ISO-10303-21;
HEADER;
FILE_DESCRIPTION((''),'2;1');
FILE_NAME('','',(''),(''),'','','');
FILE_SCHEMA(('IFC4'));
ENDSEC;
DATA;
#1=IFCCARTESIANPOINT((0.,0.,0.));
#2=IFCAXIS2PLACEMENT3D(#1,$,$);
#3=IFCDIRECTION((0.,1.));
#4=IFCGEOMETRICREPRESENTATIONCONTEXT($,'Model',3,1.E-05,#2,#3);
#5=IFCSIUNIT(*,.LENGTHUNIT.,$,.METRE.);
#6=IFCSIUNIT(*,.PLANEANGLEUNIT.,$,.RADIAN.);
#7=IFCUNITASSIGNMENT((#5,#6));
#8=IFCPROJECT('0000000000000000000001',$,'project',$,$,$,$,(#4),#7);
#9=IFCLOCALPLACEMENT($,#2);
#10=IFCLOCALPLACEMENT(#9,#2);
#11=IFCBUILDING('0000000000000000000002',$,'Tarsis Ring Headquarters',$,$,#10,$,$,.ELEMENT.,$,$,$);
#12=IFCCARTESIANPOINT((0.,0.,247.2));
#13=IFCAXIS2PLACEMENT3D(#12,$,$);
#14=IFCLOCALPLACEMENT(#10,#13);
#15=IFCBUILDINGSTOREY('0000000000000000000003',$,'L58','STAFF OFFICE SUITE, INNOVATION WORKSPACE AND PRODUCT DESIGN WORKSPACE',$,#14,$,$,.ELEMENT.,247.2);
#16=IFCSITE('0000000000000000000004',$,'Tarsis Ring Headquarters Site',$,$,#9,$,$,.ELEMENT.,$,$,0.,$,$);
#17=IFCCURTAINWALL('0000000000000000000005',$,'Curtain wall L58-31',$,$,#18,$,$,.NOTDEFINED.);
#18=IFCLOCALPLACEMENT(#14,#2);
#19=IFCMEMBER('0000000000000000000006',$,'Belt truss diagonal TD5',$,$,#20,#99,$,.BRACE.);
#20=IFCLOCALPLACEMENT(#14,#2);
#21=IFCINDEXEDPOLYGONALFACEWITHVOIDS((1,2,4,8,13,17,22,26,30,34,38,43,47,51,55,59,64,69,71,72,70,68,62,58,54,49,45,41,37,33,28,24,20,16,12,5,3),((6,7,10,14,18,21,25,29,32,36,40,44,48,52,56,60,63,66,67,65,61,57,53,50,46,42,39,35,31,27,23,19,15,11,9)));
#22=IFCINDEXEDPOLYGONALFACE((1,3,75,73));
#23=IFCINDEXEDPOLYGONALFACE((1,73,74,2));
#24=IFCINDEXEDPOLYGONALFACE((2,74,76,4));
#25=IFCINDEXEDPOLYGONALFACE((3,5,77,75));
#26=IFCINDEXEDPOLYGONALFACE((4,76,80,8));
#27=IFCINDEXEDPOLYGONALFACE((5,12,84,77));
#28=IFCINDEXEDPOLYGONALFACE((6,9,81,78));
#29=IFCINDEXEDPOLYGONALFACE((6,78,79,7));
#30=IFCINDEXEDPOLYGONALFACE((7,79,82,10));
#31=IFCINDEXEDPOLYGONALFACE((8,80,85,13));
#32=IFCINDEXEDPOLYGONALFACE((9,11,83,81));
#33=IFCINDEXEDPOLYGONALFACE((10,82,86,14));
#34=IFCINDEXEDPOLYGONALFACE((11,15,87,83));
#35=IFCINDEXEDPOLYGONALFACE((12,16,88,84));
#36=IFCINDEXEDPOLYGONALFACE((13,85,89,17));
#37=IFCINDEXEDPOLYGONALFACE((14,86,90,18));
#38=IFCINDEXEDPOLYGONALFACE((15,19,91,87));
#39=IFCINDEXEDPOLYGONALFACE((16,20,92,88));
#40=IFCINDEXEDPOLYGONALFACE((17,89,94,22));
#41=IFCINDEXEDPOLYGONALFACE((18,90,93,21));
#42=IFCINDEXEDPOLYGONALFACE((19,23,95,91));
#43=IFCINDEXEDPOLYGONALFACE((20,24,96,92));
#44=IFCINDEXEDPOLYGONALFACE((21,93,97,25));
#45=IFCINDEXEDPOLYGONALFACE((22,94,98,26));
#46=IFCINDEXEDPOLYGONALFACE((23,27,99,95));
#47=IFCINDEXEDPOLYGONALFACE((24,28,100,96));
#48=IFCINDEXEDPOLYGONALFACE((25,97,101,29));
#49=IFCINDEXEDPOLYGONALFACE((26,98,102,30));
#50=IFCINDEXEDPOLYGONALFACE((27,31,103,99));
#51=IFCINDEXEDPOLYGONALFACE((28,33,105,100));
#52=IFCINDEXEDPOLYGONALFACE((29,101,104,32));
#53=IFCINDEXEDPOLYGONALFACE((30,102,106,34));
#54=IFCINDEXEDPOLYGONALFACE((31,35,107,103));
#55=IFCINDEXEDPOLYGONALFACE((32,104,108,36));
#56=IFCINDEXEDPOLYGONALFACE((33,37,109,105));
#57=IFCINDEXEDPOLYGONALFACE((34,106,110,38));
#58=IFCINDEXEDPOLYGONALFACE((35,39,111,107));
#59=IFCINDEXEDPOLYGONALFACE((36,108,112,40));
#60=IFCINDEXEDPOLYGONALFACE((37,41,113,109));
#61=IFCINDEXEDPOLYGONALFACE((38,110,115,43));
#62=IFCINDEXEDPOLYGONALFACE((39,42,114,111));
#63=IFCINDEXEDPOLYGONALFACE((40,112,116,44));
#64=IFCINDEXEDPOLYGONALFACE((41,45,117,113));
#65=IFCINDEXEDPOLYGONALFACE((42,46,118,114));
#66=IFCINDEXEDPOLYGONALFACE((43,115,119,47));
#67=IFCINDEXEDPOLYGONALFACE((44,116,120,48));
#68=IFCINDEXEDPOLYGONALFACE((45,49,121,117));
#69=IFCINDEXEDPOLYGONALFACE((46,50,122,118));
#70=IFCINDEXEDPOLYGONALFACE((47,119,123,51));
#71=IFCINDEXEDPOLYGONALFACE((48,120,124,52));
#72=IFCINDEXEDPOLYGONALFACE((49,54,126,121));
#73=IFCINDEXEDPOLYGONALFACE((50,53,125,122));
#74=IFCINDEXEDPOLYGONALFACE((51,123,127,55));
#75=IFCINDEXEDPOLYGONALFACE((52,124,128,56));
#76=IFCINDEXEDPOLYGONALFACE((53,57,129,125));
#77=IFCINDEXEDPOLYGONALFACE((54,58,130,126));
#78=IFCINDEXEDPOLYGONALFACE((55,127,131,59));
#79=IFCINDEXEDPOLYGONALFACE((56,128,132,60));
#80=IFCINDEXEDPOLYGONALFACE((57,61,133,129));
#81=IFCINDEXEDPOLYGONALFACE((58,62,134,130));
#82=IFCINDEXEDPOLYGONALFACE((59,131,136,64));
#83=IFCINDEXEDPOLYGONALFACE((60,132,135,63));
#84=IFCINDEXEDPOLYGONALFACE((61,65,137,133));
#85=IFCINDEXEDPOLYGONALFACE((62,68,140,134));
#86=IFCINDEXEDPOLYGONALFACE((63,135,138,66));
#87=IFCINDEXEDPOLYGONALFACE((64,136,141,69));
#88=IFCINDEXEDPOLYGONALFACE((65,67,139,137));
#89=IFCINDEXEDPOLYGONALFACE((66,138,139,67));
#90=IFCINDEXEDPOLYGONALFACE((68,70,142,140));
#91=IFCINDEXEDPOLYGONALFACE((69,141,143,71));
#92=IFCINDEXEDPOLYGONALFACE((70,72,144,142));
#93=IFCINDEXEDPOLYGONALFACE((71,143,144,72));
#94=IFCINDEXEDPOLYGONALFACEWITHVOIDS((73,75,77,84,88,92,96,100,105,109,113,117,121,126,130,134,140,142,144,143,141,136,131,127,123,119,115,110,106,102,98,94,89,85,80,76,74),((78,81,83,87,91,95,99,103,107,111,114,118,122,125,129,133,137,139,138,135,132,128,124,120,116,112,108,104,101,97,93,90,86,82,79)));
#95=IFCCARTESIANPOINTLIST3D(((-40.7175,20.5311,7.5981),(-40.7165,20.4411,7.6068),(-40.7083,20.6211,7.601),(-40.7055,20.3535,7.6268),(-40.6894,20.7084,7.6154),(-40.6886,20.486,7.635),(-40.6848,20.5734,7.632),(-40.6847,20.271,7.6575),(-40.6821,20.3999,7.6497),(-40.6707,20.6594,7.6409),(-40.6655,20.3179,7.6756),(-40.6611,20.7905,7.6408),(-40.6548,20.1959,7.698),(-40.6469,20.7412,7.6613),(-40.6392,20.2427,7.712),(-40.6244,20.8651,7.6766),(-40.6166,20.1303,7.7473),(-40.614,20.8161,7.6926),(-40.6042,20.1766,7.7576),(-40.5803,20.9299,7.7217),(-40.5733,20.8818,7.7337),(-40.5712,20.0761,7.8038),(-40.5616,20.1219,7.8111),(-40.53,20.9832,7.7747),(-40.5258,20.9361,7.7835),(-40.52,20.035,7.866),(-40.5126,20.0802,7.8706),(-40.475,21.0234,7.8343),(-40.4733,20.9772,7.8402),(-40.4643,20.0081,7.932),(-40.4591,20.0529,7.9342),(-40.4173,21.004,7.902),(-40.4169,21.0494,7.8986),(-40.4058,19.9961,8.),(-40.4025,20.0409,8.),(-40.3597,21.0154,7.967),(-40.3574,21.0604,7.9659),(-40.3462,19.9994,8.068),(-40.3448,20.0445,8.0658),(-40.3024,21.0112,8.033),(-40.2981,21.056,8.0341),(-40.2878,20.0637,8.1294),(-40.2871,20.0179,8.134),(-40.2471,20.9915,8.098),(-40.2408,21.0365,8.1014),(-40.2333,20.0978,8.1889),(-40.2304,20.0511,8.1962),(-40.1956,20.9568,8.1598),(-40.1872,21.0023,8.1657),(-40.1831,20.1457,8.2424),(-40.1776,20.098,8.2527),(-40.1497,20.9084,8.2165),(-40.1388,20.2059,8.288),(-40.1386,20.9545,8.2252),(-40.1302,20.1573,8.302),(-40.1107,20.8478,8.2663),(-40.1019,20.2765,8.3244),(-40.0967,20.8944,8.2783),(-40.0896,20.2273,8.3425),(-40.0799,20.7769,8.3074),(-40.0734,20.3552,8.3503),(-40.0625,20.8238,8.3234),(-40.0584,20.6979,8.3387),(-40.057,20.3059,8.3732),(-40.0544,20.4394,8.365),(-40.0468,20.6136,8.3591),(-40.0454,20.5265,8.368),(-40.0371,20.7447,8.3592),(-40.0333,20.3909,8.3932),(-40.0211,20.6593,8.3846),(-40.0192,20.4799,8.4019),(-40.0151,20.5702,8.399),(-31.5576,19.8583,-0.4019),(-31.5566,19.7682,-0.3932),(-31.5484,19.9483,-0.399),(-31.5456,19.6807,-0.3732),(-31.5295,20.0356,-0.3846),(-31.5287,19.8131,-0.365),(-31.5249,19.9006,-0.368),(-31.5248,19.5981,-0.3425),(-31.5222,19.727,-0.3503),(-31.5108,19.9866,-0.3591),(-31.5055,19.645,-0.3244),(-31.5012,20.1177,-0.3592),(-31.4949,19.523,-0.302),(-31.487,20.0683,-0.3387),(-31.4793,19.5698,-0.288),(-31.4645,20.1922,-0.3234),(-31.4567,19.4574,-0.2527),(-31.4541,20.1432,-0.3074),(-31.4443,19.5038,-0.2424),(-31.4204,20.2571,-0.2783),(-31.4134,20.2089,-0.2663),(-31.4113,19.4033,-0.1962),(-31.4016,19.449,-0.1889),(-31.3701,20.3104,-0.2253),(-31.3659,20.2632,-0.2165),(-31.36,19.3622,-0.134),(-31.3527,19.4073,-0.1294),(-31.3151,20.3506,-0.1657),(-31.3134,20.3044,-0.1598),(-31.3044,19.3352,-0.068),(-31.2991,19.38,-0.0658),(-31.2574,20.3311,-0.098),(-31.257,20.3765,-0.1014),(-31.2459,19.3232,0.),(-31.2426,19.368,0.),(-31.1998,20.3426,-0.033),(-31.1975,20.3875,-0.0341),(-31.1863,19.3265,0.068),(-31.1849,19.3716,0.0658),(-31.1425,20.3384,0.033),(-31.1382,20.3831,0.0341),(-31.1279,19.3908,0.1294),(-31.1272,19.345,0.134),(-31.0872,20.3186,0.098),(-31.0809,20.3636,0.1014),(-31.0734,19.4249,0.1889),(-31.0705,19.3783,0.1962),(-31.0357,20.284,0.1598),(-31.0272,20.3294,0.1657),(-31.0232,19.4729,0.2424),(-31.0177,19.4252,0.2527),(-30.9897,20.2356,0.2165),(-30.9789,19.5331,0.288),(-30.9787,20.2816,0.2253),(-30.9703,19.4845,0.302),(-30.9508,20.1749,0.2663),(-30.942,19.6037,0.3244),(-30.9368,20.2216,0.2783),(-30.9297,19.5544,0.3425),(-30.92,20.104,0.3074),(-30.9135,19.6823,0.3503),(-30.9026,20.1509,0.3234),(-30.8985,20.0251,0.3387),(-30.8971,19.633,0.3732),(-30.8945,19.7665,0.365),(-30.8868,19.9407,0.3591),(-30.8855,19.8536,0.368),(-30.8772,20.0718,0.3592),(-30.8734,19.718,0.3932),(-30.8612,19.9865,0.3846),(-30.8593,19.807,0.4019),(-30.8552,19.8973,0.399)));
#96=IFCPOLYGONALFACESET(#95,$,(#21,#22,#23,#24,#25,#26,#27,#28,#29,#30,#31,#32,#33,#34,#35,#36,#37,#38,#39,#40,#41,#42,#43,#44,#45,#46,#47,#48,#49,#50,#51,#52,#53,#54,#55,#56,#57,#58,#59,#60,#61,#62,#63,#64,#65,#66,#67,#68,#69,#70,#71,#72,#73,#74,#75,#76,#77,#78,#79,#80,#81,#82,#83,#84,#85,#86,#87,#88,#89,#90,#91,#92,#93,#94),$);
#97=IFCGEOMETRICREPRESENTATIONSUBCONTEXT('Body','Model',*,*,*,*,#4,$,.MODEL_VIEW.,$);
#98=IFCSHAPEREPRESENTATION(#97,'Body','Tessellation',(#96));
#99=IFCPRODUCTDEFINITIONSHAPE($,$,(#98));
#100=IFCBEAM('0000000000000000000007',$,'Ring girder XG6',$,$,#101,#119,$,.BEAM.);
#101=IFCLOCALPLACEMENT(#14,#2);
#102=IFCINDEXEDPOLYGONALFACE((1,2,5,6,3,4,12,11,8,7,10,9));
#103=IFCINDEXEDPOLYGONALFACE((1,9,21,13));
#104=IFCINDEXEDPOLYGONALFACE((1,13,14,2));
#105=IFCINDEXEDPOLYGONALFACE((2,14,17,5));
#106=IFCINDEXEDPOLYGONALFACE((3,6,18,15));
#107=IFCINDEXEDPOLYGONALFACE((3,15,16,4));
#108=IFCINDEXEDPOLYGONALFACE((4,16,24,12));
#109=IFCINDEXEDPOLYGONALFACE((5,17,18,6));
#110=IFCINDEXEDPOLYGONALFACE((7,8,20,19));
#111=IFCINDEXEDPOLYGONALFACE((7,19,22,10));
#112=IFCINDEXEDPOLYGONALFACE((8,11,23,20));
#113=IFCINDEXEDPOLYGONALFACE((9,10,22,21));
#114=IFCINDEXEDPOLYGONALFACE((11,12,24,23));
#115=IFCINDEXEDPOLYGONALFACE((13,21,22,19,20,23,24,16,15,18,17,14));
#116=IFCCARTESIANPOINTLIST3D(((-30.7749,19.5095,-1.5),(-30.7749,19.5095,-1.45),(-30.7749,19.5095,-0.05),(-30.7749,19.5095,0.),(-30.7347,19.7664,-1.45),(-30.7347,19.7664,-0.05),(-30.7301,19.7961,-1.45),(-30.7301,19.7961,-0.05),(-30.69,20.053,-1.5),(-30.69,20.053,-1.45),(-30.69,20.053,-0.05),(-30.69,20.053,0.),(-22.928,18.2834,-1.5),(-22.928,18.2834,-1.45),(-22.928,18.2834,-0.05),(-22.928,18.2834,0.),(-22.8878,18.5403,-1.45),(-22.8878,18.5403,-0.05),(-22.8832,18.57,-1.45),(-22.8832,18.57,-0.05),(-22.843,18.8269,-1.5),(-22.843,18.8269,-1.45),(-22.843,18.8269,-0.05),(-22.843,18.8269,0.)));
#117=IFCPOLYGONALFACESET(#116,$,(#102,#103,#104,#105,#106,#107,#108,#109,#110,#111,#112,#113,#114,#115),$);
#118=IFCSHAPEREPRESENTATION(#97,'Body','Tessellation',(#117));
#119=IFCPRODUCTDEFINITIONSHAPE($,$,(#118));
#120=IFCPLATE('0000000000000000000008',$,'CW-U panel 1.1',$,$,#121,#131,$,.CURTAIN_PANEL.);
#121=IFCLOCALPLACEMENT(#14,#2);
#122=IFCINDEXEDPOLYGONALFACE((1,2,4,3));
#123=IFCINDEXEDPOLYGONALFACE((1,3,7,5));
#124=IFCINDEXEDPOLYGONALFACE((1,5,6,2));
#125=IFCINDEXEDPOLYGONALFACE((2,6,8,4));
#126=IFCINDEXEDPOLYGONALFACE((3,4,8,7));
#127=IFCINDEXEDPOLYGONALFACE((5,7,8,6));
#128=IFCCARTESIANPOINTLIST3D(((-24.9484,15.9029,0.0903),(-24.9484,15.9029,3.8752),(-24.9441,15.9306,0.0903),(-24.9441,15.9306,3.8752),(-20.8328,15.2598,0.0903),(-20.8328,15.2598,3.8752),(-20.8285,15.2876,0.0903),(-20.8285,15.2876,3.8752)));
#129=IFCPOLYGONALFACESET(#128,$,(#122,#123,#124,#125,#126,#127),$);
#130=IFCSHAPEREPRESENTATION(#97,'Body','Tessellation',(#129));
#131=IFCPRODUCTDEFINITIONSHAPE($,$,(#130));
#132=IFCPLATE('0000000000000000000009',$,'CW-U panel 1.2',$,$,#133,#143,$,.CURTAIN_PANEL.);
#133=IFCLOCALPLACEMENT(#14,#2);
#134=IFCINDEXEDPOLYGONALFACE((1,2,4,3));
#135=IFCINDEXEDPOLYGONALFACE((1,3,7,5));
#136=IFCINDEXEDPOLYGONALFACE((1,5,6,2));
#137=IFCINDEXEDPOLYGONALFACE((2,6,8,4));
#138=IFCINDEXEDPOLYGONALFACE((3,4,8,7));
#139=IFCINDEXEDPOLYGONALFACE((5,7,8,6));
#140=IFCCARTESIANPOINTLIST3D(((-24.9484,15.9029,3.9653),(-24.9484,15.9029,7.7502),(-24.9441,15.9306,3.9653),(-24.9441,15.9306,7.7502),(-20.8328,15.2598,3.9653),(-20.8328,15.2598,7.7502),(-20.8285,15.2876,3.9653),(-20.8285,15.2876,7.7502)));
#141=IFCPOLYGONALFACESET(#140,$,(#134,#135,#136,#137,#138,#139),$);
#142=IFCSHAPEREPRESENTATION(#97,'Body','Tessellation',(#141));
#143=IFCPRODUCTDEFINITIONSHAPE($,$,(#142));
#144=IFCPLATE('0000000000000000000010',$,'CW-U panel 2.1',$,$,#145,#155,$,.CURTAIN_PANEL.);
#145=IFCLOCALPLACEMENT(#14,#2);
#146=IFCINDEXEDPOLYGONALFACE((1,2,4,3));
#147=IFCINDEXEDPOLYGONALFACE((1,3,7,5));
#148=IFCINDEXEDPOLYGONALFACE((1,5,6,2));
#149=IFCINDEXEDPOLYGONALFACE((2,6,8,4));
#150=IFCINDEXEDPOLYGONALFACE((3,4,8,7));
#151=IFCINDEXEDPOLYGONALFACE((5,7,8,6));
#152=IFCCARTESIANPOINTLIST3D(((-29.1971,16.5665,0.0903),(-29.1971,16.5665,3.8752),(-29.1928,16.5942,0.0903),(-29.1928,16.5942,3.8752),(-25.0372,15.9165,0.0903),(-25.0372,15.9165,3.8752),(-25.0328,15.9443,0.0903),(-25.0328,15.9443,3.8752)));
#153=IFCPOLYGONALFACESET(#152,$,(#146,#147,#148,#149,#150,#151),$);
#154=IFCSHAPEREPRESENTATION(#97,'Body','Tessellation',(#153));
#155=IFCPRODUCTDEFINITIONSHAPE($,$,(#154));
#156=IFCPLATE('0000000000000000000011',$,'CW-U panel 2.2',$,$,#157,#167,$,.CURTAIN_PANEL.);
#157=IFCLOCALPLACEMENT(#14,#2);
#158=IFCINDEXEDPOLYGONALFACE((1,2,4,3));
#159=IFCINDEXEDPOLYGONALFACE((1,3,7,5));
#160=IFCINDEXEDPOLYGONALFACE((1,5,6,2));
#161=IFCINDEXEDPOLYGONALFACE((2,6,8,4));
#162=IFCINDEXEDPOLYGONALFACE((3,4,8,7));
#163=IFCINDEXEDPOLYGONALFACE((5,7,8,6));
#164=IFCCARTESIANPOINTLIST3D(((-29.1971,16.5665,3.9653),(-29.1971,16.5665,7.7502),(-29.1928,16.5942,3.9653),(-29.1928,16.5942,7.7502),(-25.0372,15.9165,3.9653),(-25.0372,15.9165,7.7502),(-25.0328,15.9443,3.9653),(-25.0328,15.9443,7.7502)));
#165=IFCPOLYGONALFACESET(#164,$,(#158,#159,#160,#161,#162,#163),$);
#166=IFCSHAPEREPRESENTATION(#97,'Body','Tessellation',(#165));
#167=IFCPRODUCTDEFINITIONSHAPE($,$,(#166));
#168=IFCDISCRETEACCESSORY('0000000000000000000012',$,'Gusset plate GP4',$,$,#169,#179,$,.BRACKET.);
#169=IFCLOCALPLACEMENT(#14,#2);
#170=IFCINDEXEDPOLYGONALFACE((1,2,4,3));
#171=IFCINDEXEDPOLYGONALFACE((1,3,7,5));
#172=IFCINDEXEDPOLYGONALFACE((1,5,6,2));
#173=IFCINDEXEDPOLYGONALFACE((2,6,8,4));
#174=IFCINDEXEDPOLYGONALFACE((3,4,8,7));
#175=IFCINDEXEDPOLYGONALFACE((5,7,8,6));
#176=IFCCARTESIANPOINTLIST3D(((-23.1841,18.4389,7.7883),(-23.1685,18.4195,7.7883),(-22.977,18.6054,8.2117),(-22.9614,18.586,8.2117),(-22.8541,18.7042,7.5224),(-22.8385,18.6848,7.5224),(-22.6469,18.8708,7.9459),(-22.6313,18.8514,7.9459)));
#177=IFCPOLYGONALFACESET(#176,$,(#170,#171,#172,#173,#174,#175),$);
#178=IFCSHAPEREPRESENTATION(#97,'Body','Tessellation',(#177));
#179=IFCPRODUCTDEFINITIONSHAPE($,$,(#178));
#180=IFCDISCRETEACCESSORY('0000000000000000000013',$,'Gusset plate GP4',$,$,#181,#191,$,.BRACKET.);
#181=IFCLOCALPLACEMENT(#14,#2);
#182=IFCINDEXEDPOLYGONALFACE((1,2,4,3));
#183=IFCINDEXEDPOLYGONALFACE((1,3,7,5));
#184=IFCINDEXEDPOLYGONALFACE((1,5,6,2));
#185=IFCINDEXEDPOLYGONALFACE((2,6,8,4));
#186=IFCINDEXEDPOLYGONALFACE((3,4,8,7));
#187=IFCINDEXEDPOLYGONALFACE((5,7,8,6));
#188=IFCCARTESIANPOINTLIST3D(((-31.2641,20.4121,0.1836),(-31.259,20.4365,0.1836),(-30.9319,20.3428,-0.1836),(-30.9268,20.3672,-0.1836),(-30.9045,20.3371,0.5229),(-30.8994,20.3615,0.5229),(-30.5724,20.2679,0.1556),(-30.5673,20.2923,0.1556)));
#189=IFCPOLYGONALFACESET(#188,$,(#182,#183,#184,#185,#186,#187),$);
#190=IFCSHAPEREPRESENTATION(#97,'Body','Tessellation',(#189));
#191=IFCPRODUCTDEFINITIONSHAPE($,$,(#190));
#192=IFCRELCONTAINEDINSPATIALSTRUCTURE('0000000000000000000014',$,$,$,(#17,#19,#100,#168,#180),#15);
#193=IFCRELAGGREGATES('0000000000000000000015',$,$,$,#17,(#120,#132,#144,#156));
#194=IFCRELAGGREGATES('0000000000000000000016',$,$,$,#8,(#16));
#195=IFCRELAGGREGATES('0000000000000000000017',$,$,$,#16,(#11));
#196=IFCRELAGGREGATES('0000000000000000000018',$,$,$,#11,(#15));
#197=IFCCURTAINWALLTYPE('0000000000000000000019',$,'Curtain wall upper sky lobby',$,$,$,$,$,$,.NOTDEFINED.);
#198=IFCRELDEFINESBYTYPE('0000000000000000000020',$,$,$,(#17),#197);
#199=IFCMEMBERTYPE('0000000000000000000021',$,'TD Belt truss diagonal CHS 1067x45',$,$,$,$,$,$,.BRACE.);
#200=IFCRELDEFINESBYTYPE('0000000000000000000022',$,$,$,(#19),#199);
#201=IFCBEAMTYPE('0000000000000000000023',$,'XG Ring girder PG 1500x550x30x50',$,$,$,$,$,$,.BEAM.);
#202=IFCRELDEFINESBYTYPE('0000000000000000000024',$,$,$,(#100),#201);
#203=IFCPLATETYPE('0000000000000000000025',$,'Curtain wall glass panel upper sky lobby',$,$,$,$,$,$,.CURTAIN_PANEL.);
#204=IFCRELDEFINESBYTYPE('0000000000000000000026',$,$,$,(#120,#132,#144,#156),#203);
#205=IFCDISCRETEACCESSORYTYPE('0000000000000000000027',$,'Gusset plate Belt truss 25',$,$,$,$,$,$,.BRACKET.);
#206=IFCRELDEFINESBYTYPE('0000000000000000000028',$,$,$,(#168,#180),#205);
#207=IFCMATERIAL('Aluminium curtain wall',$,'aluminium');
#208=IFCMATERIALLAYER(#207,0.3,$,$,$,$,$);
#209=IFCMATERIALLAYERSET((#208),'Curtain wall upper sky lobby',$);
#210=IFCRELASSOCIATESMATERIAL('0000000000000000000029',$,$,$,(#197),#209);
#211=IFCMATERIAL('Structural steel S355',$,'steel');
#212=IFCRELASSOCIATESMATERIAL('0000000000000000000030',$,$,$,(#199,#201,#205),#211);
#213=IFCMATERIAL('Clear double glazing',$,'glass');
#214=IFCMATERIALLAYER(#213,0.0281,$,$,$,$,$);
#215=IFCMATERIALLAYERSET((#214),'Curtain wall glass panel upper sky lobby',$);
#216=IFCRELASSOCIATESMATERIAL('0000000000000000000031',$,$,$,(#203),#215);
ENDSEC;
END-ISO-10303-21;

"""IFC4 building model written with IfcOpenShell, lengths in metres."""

from ifc_helpers import new_model, si_unit, direction, frame, origin, origin_2d, place, context, subcontext, project, spatial, rectangle, hollow_circle, i_section, extrude, material, layer, layer_set, material_profile, profile_set, type_object, element, aggregate, save


model = new_model("IFC4")

# Units and contexts
model_context = context("Model", 3, precision=1e-05, world=origin(), true_north=direction((0.0, 1.0)))
body_context = subcontext(model_context, "Body", "Model", "MODEL_VIEW")
ifc_project = project(units=[si_unit("LENGTHUNIT", "METRE"), si_unit("PLANEANGLEUNIT", "RADIAN")], contexts=[model_context])

# Site, building, storey
site_placement = place(None, origin())
site = spatial("IfcSite", under=ifc_project, at=site_placement, Name="Tarsis Ring Headquarters Site", CompositionType="ELEMENT", RefElevation=0.0)
building_placement = place(site_placement, origin())
building = spatial("IfcBuilding", under=site, at=building_placement, Name="Tarsis Ring Headquarters", CompositionType="ELEMENT")
storey_placement = place(building_placement, frame((0.0, 0.0, 247.2)))
storey = spatial("IfcBuildingStorey", under=building, at=storey_placement, Name="L58", Description="STAFF OFFICE SUITE, INNOVATION WORKSPACE AND PRODUCT DESIGN WORKSPACE", CompositionType="ELEMENT", Elevation=247.2)

# Shared definitions
ifc_material_1 = material(Name="Structural steel S355", Category="steel")
ifc_material_profile_1 = material_profile(ifc_material_1, hollow_circle(Radius=0.5334, WallThickness=0.0449, at=origin_2d()), Name="CHS 1067x45")
ifc_profile_set_1 = profile_set([ifc_material_profile_1], Name="Structural steel S355")

# Curtain wall
ifc_material_2 = material(Name="Aluminium curtain wall", Category="aluminium")
ifc_layer_1 = layer(ifc_material_2, 0.3)
ifc_layer_set_1 = layer_set([ifc_layer_1], Name="Curtain wall upper sky lobby")
curtain_wall_type = type_object("IfcCurtainWallType", Name="Curtain wall upper sky lobby", PredefinedType="NOTDEFINED", material=ifc_layer_set_1)
curtain_wall_placement = place(storey_placement, origin())
curtain_wall = element("IfcCurtainWall", 1, at=curtain_wall_placement, inside=storey, type_object=curtain_wall_type, Name="Curtain wall L58-31", PredefinedType="NOTDEFINED")

# Member
member_type_1 = type_object("IfcMemberType", Name="TD Belt truss diagonal CHS 1067x45", PredefinedType="BRACE", material=ifc_profile_set_1)
member_1_placement = place(storey_placement, frame((-31.2068, 19.8552, 0.0), z_axis=(-0.752034, 0.055242, 0.656805), x_axis=(-0.073259, -0.997313, 0.0)))
element("IfcMember", 2, at=member_1_placement, inside=storey, type_object=member_type_1, Name="Belt truss diagonal TD5", PredefinedType="BRACE", context=body_context, shape_type="SweptSolid", body=[
    extrude(hollow_circle(Radius=0.5334, WallThickness=0.0449, at=origin_2d()), origin(), (0.0, 0.0, 1.0), 12.1802),
])

# Beam
ifc_material_profile_2 = material_profile(ifc_material_1, i_section(OverallWidth=0.55, OverallDepth=1.5, WebThickness=0.03, FlangeThickness=0.05, at=origin_2d()), Name="PG 1500x550x30x50")
ifc_profile_set_2 = profile_set([ifc_material_profile_2], Name="Structural steel S355")
beam_type_1 = type_object("IfcBeamType", Name="XG Ring girder PG 1500x550x30x50", PredefinedType="BEAM", material=ifc_profile_set_2)
beam_placement = place(storey_placement, frame((-22.8855, 18.5552, -0.75), z_axis=(-0.988012, 0.154376, 0.0), x_axis=(-0.154376, -0.988012, 0.0)))
element("IfcBeam", 3, at=beam_placement, inside=storey, type_object=beam_type_1, Name="Ring girder XG6", PredefinedType="BEAM", context=body_context, shape_type="SweptSolid", body=[
    extrude(i_section(OverallWidth=0.55, OverallDepth=1.5, WebThickness=0.03, FlangeThickness=0.05, at=origin_2d()), origin(), (0.0, 0.0, 1.0), 7.9421),
])

# Plates
ifc_material_3 = material(Name="Clear double glazing", Category="glass")
ifc_layer_2 = layer(ifc_material_3, 0.0281)
ifc_layer_set_2 = layer_set([ifc_layer_2], Name="Curtain wall glass panel upper sky lobby")
plate_type = type_object("IfcPlateType", Name="Curtain wall glass panel upper sky lobby", PredefinedType="CURTAIN_PANEL", material=ifc_layer_set_2)
plate_1_placement = place(storey_placement, frame((-22.8884, 15.5952, 0.0903), z_axis=(0.0, 0.0, 1.0), x_axis=(-0.988014, 0.154366, 0.0)))
plate_1 = element("IfcPlate", 4, at=plate_1_placement, type_object=plate_type, Name="CW-U panel 1.1", PredefinedType="CURTAIN_PANEL", context=body_context, shape_type="SweptSolid", body=[
    extrude(rectangle(XDim=4.1655, YDim=0.0281, at=origin_2d()), origin(), (0.0, 0.0, 1.0), 3.7849),
])
plate_2_placement = place(storey_placement, frame((-22.8884, 15.5952, 3.9653), z_axis=(0.0, 0.0, 1.0), x_axis=(-0.988014, 0.154366, 0.0)))
plate_2 = element("IfcPlate", 5, at=plate_2_placement, type_object=plate_type, Name="CW-U panel 1.2", PredefinedType="CURTAIN_PANEL", context=body_context, shape_type="SweptSolid", body=[
    extrude(rectangle(XDim=4.1655, YDim=0.0281, at=origin_2d()), origin(), (0.0, 0.0, 1.0), 3.7849),
])
plate_3_placement = place(storey_placement, frame((-27.115, 16.2554, 0.0903), z_axis=(0.0, 0.0, 1.0), x_axis=(-0.988014, 0.154366, 0.0)))
plate_3 = element("IfcPlate", 6, at=plate_3_placement, type_object=plate_type, Name="CW-U panel 2.1", PredefinedType="CURTAIN_PANEL", context=body_context, shape_type="SweptSolid", body=[
    extrude(rectangle(XDim=4.2104, YDim=0.0281, at=origin_2d()), origin(), (0.0, 0.0, 1.0), 3.7849),
])
plate_4_placement = place(storey_placement, frame((-27.115, 16.2554, 3.9653), z_axis=(0.0, 0.0, 1.0), x_axis=(-0.988014, 0.154366, 0.0)))
plate_4 = element("IfcPlate", 7, at=plate_4_placement, type_object=plate_type, Name="CW-U panel 2.2", PredefinedType="CURTAIN_PANEL", context=body_context, shape_type="SweptSolid", body=[
    extrude(rectangle(XDim=4.2104, YDim=0.0281, at=origin_2d()), origin(), (0.0, 0.0, 1.0), 3.7849),
])
aggregate(curtain_wall, [plate_1, plate_2, plate_3, plate_4])

# Discrete accessories
ifc_material_profile_3 = material_profile(ifc_material_1, rectangle(XDim=0.0249, YDim=0.5, at=origin_2d()), Name="PL 25x500")
ifc_profile_set_3 = profile_set([ifc_material_profile_3], Name="Structural steel S355")
discrete_accessory_type = type_object("IfcDiscreteAccessoryType", Name="Gusset plate Belt truss 25", PredefinedType="BRACKET", material=ifc_profile_set_3)
for number, where, z_axis, x_axis, name in (
    (8, (-23.0728, 18.5125, 8.0), (0.66007, 0.530693, -0.531669), (-0.626591, 0.779348, 0.0), "Gusset plate GP4"),
    (9, (-31.0955, 20.3896, 0.0), (0.719086, -0.149871, 0.678567), (0.204034, 0.978964, 0.0), "Gusset plate GP4"),
):
    element("IfcDiscreteAccessory", number, at=place(storey_placement, frame(where, z_axis=z_axis, x_axis=x_axis)), inside=storey, type_object=discrete_accessory_type, Name=name, PredefinedType="BRACKET", context=body_context, shape_type="SweptSolid", body=[
        extrude(rectangle(XDim=0.0249, YDim=0.5, at=origin_2d()), origin(), (0.0, 0.0, 1.0), 0.5),
    ])

save(model, "model.ifc")
